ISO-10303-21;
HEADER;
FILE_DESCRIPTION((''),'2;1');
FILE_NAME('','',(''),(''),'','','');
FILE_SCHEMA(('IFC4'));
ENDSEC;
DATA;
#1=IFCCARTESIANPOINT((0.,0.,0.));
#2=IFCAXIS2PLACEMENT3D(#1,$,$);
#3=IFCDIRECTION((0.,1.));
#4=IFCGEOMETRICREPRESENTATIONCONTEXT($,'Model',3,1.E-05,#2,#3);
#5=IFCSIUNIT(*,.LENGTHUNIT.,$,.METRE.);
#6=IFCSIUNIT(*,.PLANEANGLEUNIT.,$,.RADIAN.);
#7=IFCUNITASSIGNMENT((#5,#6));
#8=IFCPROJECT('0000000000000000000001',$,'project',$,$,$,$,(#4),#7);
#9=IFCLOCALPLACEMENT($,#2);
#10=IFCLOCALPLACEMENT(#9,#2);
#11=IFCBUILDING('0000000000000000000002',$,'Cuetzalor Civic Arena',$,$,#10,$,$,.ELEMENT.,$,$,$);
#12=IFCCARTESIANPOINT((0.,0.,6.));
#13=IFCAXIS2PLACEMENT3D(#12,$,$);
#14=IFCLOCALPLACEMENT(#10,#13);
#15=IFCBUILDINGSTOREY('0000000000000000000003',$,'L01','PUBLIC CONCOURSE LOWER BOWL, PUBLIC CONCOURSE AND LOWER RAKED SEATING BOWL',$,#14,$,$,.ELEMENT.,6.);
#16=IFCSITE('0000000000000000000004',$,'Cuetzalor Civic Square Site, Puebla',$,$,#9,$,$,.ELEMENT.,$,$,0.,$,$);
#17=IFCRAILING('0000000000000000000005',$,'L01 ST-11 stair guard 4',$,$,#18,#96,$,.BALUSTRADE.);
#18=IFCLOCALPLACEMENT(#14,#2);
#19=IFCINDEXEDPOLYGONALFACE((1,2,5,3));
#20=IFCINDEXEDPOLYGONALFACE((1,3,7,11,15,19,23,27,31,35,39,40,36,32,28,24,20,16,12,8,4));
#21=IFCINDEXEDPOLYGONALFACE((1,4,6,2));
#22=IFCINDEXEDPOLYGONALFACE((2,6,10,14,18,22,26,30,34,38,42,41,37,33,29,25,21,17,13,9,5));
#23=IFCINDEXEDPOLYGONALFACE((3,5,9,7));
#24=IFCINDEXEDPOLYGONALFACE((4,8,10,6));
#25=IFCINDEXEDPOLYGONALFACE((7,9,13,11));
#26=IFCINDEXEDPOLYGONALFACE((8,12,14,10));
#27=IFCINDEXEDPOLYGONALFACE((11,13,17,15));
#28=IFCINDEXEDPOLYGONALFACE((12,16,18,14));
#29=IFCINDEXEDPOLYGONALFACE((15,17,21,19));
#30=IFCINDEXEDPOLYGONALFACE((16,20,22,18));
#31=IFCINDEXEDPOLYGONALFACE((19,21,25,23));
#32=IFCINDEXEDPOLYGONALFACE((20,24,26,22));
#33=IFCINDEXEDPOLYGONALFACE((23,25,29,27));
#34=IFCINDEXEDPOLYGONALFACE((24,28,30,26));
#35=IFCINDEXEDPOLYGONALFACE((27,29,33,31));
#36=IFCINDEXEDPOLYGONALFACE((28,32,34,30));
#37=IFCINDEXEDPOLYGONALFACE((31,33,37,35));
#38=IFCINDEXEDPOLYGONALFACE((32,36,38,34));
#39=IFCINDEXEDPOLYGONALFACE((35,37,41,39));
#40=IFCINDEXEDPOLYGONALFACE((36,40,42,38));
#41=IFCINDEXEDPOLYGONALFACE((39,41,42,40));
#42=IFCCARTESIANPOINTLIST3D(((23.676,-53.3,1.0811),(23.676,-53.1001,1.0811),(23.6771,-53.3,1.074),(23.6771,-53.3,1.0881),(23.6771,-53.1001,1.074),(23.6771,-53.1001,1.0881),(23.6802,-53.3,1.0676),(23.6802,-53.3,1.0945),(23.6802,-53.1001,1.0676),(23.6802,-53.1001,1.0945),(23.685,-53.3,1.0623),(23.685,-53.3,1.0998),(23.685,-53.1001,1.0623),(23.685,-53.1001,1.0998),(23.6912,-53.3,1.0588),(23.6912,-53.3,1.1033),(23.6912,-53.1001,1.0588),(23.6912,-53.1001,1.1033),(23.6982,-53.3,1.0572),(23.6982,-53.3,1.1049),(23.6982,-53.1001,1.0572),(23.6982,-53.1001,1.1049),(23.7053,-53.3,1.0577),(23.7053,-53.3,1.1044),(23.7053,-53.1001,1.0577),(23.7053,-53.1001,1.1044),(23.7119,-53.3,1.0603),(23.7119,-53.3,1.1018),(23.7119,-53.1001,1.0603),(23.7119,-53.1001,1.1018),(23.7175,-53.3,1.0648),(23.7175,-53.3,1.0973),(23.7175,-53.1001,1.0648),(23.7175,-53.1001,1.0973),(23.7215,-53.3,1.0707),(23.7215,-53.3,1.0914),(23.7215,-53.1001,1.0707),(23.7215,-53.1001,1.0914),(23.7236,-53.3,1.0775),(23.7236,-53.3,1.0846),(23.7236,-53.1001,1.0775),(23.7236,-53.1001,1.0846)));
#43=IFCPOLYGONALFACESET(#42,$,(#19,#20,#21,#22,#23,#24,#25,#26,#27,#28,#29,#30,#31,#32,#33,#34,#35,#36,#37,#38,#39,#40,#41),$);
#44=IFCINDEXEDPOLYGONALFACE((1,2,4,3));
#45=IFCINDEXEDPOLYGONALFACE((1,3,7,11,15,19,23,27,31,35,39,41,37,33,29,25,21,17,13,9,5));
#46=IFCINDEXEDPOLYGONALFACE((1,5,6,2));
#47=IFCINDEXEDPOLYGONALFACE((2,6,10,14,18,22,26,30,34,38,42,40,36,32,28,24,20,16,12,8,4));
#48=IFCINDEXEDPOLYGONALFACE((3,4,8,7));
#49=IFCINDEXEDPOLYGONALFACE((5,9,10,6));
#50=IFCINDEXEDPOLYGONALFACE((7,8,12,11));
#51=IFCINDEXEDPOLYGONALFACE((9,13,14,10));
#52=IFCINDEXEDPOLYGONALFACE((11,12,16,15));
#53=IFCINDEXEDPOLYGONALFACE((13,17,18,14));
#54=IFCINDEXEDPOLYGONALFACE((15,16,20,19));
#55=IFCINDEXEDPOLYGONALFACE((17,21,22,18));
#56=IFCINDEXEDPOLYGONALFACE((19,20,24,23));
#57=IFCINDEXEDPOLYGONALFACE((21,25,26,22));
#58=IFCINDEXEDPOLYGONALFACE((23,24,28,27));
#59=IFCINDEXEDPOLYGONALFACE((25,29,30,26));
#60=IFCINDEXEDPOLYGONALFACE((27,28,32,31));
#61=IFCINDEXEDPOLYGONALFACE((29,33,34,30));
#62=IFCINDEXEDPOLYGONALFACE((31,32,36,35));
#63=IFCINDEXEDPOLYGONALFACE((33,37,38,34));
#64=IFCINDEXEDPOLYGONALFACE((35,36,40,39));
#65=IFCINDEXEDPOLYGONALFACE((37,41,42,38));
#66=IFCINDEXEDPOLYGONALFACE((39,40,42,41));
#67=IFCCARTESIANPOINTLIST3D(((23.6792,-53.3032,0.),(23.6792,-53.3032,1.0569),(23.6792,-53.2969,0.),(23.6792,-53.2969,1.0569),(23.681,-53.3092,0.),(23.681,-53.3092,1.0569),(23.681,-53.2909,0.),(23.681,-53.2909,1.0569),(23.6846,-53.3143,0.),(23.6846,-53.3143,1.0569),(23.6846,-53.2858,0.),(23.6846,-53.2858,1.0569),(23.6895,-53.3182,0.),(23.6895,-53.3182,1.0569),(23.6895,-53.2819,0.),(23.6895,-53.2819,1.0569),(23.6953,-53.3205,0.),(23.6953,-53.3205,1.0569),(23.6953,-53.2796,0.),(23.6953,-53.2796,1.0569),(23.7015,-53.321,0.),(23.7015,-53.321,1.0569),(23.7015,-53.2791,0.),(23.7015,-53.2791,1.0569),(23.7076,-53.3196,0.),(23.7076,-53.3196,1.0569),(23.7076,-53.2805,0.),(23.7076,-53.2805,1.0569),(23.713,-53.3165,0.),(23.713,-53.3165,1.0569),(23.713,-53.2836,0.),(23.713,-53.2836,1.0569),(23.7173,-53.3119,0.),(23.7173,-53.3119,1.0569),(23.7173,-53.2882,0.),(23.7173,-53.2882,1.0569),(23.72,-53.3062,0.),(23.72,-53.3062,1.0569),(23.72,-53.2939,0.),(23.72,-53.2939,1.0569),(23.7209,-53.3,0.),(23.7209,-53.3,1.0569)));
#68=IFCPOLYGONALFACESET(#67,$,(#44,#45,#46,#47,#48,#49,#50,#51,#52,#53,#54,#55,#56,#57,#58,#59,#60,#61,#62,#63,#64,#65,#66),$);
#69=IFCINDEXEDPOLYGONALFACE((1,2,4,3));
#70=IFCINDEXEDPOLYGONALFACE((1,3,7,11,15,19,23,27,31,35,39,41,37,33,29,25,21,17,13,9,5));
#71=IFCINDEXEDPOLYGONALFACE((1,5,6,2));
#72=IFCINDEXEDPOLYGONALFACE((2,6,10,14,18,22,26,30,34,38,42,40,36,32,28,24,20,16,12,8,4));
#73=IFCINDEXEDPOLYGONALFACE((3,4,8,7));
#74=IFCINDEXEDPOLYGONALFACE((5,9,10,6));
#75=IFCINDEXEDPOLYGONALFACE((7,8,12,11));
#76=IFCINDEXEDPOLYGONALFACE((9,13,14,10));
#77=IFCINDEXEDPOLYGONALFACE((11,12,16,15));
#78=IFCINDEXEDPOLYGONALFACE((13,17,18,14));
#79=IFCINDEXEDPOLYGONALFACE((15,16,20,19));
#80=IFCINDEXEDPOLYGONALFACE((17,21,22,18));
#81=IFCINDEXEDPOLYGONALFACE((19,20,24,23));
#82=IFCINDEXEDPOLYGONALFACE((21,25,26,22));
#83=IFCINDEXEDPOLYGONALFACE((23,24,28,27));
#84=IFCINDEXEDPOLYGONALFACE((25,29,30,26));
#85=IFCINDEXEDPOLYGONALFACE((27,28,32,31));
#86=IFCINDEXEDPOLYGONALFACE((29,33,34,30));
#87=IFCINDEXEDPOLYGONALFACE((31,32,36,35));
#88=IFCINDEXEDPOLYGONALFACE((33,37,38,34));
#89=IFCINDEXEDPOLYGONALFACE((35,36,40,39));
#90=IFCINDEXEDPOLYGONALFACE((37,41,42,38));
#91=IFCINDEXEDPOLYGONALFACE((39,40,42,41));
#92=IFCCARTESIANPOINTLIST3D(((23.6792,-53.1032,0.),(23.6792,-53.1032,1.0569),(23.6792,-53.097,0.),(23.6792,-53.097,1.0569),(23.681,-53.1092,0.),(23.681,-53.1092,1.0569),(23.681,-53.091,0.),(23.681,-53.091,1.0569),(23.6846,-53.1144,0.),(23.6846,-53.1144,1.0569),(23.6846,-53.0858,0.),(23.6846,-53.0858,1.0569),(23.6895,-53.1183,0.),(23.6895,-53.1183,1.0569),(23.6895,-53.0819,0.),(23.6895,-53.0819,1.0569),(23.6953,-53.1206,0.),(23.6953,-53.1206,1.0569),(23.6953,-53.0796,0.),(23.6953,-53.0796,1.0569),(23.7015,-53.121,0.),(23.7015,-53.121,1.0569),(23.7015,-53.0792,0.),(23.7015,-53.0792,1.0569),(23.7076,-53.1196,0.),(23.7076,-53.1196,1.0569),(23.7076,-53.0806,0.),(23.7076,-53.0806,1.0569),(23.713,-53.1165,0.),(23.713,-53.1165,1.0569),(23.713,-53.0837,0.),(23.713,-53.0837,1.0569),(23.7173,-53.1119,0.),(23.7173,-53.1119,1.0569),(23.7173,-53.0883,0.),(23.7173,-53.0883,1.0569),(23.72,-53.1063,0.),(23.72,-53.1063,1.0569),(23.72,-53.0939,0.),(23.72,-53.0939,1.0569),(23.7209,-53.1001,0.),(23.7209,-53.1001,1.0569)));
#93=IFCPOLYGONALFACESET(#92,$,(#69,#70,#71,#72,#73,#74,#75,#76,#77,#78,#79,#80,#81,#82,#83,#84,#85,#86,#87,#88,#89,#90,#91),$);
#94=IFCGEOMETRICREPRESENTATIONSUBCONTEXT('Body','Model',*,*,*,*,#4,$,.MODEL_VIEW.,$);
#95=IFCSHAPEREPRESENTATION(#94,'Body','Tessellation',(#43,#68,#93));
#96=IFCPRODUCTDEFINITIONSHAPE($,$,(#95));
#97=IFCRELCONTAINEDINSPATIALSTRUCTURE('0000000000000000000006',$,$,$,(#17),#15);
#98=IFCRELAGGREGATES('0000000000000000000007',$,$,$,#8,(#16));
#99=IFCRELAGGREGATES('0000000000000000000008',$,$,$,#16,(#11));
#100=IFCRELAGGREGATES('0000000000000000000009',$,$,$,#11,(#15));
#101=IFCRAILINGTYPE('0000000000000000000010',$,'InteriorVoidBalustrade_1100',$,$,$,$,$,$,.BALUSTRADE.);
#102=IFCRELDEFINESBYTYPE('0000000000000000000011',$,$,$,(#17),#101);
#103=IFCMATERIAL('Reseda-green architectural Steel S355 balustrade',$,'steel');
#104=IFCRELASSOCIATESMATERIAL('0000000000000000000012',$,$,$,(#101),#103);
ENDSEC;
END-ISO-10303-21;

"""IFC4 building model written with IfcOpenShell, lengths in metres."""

from ifc_helpers import new_model, si_unit, direction, frame, origin, origin_2d, place, context, subcontext, project, spatial, circle, extrude, material, type_object, element, save


model = new_model("IFC4")

# Units and contexts
model_context = context("Model", 3, precision=1e-05, world=origin(), true_north=direction((0.0, 1.0)))
body_context = subcontext(model_context, "Body", "Model", "MODEL_VIEW")
ifc_project = project(units=[si_unit("LENGTHUNIT", "METRE"), si_unit("PLANEANGLEUNIT", "RADIAN")], contexts=[model_context])

# Site, building, storey
site_placement = place(None, origin())
site = spatial("IfcSite", under=ifc_project, at=site_placement, Name="Cuetzalor Civic Square Site, Puebla", CompositionType="ELEMENT", RefElevation=0.0)
building_placement = place(site_placement, origin())
building = spatial("IfcBuilding", under=site, at=building_placement, Name="Cuetzalor Civic Arena", CompositionType="ELEMENT")
storey_placement = place(building_placement, frame((0.0, 0.0, 6.0)))
storey = spatial("IfcBuildingStorey", under=building, at=storey_placement, Name="L01", Description="PUBLIC CONCOURSE LOWER BOWL, PUBLIC CONCOURSE AND LOWER RAKED SEATING BOWL", CompositionType="ELEMENT", Elevation=6.0)

# Railing
ifc_material_1 = material(Name="Reseda-green architectural Steel S355 balustrade", Category="steel")
railing_type_1 = type_object("IfcRailingType", Name="InteriorVoidBalustrade_1100", PredefinedType="BALUSTRADE", material=ifc_material_1)
railing_1_placement = place(storey_placement, frame((23.7, -53.3, 0.0)))
element("IfcRailing", 1, at=railing_1_placement, inside=storey, type_object=railing_type_1, Name="L01 ST-11 stair guard 4", PredefinedType="BALUSTRADE", context=body_context, shape_type="SweptSolid", body=[
    extrude(circle(Radius=0.0239, at=origin_2d()), frame((0.0, 0.0, 1.0811), z_axis=(0.0, 1.0, 0.0), x_axis=(-1.0, 0.0, 0.0)), (0.0, 0.0, 1.0), 0.2),
    extrude(circle(Radius=0.021, at=origin_2d()), origin(), (0.0, 0.0, 1.0), 1.0569),
    extrude(circle(Radius=0.021, at=origin_2d()), frame((0.0, 0.2, 0.0)), (0.0, 0.0, 1.0), 1.0569),
])

save(model, "model.ifc")
